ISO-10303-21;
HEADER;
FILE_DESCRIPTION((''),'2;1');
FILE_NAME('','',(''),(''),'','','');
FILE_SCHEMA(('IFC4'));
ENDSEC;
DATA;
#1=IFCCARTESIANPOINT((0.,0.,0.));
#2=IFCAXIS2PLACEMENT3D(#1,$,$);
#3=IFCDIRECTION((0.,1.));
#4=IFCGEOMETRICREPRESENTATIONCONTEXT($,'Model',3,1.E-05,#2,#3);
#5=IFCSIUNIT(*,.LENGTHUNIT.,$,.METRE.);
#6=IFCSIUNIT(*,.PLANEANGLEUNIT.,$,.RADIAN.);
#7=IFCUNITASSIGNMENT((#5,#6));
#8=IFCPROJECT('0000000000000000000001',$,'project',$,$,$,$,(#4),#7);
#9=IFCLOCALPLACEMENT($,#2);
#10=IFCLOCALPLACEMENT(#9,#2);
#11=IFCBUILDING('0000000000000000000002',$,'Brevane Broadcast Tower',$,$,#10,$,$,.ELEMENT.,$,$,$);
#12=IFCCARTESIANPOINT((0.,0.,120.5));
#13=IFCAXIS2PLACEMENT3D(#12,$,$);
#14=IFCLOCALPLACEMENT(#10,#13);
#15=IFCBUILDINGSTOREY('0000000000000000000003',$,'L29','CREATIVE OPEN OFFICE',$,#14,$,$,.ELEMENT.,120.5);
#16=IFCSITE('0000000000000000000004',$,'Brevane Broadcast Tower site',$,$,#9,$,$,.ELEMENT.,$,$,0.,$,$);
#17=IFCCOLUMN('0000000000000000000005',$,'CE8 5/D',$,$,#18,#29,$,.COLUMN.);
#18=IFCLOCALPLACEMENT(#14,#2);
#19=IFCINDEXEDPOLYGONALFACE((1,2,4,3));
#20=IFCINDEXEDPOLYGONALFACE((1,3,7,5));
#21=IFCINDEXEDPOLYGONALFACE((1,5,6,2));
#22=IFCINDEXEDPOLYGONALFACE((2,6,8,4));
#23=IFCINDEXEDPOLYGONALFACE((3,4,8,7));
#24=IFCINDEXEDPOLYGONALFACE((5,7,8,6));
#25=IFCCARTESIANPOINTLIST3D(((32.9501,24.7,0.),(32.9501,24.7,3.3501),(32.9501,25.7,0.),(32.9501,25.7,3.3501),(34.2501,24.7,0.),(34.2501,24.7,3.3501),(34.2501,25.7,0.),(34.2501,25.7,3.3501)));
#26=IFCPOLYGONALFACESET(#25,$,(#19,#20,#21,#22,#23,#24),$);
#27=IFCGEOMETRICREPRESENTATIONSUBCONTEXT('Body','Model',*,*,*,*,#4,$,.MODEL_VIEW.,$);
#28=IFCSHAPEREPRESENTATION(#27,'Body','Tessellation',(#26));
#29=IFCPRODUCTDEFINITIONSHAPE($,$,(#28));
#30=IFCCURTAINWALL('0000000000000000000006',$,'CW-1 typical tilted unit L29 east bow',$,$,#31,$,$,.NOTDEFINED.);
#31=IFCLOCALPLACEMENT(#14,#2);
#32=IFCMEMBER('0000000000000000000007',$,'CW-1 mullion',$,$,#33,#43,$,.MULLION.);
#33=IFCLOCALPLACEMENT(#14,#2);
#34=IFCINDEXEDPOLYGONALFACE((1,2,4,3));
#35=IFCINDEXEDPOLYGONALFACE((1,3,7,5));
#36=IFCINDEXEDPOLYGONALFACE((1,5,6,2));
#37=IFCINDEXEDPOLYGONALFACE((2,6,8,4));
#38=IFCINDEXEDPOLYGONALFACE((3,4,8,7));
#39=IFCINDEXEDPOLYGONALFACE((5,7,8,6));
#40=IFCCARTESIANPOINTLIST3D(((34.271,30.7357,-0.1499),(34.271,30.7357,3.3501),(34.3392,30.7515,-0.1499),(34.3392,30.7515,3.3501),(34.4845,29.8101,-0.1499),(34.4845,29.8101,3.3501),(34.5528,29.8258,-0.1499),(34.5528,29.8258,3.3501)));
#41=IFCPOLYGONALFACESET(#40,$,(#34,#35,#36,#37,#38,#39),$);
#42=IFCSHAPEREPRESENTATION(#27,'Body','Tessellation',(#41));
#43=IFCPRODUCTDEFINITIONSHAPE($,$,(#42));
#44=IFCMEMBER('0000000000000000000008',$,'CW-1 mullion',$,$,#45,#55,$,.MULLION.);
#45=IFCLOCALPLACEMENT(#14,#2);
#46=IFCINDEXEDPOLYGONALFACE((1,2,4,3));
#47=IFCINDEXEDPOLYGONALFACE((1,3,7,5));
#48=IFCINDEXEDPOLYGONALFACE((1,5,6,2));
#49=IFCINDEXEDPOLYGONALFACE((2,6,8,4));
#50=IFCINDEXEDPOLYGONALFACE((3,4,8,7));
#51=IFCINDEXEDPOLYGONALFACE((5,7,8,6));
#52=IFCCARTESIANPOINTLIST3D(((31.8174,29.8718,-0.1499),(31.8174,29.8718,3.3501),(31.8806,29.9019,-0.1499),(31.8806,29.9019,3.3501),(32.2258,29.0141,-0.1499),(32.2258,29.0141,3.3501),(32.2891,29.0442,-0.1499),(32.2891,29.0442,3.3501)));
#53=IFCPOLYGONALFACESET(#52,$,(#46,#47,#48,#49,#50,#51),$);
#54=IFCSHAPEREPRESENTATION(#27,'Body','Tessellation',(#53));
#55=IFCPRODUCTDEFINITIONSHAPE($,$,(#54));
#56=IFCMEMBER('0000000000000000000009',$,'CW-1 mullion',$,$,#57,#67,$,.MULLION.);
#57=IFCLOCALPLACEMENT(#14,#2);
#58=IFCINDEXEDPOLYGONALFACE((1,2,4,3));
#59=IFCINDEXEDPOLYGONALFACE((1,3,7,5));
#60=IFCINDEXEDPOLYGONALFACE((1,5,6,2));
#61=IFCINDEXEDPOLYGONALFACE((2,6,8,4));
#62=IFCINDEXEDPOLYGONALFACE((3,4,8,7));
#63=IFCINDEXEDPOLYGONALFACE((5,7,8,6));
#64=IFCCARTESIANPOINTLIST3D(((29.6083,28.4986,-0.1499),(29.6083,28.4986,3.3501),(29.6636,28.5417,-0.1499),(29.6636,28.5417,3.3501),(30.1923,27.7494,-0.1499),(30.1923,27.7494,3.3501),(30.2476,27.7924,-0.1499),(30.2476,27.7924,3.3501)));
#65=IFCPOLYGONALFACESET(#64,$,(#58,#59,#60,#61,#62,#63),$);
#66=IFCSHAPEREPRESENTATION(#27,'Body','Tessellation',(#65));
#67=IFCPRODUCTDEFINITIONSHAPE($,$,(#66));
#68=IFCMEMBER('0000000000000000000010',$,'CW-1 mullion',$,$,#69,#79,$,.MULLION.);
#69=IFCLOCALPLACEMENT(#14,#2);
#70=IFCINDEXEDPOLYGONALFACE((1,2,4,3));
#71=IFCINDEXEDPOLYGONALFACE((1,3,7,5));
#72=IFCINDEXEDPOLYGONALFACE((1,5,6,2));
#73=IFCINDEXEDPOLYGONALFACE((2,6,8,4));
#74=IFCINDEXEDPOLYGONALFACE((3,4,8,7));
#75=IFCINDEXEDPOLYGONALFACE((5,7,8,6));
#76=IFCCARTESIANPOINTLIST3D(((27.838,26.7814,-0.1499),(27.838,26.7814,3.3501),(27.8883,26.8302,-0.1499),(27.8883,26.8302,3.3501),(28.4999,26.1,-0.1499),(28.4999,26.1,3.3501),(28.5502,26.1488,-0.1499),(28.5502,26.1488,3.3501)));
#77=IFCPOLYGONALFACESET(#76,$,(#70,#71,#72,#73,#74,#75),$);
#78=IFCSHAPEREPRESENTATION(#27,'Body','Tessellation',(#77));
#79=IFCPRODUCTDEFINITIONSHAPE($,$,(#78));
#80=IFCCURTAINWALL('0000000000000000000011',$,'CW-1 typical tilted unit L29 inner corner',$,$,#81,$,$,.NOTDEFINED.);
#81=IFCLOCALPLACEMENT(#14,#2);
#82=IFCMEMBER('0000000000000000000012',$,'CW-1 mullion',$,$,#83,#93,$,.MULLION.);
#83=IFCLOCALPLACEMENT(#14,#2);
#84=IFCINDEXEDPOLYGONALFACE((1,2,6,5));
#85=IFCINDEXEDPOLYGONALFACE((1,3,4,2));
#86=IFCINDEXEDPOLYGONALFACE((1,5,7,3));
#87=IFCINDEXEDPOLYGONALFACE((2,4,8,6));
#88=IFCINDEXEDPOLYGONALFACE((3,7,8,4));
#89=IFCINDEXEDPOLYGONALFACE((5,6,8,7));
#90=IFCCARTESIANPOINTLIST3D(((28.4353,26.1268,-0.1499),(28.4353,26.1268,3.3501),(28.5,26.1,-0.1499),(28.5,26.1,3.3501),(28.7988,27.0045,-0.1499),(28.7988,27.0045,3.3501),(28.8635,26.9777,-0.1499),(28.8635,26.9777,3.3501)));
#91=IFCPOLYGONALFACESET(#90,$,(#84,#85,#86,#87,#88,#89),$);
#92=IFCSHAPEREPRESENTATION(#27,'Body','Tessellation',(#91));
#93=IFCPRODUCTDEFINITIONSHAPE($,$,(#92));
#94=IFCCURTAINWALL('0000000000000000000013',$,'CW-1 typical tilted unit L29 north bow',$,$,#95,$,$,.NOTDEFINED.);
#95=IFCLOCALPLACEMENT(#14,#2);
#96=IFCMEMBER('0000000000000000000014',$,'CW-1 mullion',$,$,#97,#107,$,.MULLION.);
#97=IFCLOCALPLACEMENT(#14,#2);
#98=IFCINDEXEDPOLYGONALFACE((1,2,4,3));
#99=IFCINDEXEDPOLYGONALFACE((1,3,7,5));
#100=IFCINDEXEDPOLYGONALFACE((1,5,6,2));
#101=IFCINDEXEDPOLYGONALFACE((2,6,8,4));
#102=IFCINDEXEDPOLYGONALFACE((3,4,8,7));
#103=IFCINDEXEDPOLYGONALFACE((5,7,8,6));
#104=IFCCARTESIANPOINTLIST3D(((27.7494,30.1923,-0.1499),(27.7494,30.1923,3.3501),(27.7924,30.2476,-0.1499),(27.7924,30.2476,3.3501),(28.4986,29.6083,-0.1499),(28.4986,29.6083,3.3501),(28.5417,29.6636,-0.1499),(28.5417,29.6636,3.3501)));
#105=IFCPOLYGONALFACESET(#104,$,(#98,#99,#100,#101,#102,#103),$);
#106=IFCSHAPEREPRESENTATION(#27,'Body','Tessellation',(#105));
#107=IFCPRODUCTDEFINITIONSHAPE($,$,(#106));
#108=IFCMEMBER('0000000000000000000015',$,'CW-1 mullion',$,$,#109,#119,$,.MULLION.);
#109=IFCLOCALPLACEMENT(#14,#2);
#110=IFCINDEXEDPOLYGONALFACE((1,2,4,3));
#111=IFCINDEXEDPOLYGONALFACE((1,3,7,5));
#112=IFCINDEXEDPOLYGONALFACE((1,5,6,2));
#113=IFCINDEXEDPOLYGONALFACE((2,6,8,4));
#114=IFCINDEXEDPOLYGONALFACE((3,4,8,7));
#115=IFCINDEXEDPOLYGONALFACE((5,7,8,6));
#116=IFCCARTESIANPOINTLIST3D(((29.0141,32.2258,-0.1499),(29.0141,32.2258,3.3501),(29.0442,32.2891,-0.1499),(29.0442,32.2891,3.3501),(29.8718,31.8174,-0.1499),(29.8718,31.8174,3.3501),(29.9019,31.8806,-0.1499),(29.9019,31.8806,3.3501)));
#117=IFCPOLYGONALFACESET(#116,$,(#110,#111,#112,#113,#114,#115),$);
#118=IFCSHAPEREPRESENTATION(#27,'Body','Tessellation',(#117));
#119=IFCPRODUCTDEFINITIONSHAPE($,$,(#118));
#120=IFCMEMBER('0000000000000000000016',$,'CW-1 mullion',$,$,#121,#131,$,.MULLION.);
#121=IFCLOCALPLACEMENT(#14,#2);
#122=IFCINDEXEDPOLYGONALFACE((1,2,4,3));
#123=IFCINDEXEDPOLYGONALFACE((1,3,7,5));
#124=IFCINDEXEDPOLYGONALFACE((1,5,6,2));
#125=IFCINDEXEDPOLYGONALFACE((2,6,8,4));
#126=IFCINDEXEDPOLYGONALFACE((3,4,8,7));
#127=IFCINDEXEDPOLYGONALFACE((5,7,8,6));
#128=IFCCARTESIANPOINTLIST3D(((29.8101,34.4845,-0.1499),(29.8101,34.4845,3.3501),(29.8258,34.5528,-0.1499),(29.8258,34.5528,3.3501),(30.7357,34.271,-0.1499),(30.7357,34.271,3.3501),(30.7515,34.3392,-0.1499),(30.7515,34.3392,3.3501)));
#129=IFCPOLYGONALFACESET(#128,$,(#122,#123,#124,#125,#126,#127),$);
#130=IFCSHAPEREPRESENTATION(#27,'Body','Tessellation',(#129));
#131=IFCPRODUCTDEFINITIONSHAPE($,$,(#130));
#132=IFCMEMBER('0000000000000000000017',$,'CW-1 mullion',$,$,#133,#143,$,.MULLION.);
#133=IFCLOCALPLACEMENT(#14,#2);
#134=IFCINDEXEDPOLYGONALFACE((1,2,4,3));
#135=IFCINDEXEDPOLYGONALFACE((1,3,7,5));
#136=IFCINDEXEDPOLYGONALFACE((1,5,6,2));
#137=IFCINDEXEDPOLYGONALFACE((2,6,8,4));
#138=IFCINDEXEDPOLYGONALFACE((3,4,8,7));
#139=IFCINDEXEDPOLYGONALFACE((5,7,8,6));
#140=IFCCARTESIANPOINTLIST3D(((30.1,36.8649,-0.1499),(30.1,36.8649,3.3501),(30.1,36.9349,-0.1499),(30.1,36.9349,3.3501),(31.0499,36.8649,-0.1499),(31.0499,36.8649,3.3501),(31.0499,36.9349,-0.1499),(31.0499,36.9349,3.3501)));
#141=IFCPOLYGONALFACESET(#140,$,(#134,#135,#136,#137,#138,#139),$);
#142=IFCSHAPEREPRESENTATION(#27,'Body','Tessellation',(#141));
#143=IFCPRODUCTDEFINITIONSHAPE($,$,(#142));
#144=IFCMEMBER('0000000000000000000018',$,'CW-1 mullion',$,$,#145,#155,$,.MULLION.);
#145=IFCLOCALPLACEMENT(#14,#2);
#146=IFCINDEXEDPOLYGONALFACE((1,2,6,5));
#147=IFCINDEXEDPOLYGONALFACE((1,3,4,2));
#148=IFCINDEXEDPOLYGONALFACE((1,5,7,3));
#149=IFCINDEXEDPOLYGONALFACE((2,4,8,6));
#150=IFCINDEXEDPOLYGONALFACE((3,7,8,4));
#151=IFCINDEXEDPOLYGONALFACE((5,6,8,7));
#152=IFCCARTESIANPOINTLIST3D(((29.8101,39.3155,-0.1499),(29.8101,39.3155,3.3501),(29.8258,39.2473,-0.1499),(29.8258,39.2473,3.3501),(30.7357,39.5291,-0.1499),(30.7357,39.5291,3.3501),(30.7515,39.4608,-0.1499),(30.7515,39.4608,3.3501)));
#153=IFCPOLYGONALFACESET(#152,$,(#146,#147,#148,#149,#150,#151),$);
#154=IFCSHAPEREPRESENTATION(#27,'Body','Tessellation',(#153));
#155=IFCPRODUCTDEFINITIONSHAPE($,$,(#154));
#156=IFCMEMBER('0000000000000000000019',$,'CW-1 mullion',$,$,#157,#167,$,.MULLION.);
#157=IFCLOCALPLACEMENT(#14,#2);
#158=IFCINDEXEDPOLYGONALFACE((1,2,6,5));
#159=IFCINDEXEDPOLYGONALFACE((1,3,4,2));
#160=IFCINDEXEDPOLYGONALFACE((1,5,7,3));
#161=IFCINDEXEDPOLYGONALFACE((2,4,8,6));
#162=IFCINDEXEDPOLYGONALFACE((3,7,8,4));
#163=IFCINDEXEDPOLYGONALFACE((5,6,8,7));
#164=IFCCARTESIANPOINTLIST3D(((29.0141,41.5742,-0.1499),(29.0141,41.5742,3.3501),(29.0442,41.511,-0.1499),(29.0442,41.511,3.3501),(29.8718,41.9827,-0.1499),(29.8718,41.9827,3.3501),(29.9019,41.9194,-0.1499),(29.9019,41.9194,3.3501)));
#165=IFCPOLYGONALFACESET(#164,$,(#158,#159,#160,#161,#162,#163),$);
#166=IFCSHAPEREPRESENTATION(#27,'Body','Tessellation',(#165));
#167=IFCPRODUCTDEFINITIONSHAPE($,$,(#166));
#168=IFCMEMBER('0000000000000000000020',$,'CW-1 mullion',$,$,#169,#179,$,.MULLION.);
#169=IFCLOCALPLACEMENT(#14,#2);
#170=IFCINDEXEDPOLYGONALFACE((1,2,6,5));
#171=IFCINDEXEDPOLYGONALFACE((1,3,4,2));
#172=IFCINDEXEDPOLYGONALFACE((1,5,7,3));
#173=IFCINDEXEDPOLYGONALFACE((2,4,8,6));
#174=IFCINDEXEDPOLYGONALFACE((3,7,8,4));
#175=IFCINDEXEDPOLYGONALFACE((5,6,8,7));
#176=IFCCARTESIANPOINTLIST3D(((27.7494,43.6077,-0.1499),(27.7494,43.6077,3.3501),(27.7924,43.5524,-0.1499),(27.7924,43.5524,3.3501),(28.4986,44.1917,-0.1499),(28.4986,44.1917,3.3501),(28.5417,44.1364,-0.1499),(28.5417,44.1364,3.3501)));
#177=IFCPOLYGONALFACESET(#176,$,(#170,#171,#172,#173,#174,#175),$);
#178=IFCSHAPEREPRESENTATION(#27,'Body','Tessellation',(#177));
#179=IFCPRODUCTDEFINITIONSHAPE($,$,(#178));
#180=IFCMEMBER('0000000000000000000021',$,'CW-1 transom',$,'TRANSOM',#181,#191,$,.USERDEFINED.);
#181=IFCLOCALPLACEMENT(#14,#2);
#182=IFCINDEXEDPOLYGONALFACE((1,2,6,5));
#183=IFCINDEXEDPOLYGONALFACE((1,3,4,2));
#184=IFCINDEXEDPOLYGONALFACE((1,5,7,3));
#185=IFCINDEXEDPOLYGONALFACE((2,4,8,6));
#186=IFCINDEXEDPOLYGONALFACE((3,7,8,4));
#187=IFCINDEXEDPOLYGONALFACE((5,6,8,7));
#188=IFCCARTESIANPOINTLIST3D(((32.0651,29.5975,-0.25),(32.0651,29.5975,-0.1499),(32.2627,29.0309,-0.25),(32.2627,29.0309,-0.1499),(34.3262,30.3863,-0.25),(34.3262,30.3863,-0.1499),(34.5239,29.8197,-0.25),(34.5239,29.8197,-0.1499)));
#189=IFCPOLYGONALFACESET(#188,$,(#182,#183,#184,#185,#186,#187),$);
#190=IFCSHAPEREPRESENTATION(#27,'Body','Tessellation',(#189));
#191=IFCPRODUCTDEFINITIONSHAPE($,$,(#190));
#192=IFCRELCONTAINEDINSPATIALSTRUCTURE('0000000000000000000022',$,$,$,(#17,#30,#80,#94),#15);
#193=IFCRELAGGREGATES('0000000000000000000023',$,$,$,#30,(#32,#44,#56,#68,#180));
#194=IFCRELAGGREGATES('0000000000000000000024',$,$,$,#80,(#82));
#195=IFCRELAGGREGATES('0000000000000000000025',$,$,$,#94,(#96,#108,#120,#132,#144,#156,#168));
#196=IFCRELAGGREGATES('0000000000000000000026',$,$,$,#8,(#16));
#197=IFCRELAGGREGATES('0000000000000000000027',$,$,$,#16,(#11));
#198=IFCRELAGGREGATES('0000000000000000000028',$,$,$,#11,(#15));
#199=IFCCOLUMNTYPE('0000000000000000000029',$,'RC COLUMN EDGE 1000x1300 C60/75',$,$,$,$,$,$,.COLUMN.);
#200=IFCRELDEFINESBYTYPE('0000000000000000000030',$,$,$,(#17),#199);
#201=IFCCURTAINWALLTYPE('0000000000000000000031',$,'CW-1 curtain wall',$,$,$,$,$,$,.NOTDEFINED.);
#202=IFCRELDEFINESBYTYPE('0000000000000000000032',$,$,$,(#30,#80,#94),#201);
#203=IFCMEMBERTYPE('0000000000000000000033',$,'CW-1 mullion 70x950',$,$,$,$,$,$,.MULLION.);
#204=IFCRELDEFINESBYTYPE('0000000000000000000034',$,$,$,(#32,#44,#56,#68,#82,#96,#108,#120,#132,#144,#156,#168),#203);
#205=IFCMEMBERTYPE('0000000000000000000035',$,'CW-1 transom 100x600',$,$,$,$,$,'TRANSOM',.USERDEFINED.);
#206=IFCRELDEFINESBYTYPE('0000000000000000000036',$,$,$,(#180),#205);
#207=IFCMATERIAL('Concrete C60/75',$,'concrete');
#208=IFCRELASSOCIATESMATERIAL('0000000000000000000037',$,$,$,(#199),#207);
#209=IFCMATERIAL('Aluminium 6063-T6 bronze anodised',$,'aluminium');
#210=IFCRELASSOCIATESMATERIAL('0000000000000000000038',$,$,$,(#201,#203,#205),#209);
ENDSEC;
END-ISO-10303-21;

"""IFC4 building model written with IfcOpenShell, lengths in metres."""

from ifc_helpers import new_model, si_unit, direction, frame, origin, origin_2d, place, context, subcontext, project, spatial, rectangle, extrude, material, material_profile, profile_set, type_object, element, aggregate, save


model = new_model("IFC4")

# Units and contexts
model_context = context("Model", 3, precision=1e-05, world=origin(), true_north=direction((0.0, 1.0)))
body_context = subcontext(model_context, "Body", "Model", "MODEL_VIEW")
ifc_project = project(units=[si_unit("LENGTHUNIT", "METRE"), si_unit("PLANEANGLEUNIT", "RADIAN")], contexts=[model_context])

# Site, building, storey
site_placement = place(None, origin())
site = spatial("IfcSite", under=ifc_project, at=site_placement, Name="Brevane Broadcast Tower site", CompositionType="ELEMENT", RefElevation=0.0)
building_placement = place(site_placement, origin())
building = spatial("IfcBuilding", under=site, at=building_placement, Name="Brevane Broadcast Tower", CompositionType="ELEMENT")
storey_placement = place(building_placement, frame((0.0, 0.0, 120.5)))
storey = spatial("IfcBuildingStorey", under=building, at=storey_placement, Name="L29", Description="CREATIVE OPEN OFFICE", CompositionType="ELEMENT", Elevation=120.5)

# Column
ifc_material_1 = material(Name="Concrete C60/75", Category="concrete")
ifc_material_profile_1 = material_profile(ifc_material_1, rectangle(XDim=1.0, YDim=1.3, at=origin_2d()), Name="RC 1000x1300")
ifc_profile_set_1 = profile_set([ifc_material_profile_1], Name="Concrete C60/75")
column_type = type_object("IfcColumnType", Name="RC COLUMN EDGE 1000x1300 C60/75", PredefinedType="COLUMN", material=ifc_profile_set_1)
column_placement = place(storey_placement, frame((33.6001, 25.2, 0.0), z_axis=(0.0, 0.0, 1.0), x_axis=(0.0, 1.0, 0.0)))
element("IfcColumn", 1, at=column_placement, inside=storey, type_object=column_type, Name="CE8 5/D", PredefinedType="COLUMN", context=body_context, shape_type="SweptSolid", body=[
    extrude(rectangle(XDim=1.0, YDim=1.3, at=origin_2d()), origin(), (0.0, 0.0, 1.0), 3.3501),
])

# Curtain wall, members
ifc_material_2 = material(Name="Aluminium 6063-T6 bronze anodised", Category="aluminium")
curtain_wall_type = type_object("IfcCurtainWallType", Name="CW-1 curtain wall", PredefinedType="NOTDEFINED", material=ifc_material_2)
curtain_wall_1_placement = place(storey_placement, origin())
curtain_wall_1 = element("IfcCurtainWall", 2, at=curtain_wall_1_placement, inside=storey, type_object=curtain_wall_type, Name="CW-1 typical tilted unit L29 east bow", PredefinedType="NOTDEFINED")
ifc_material_profile_2 = material_profile(ifc_material_2, rectangle(XDim=0.95, YDim=0.0701, at=origin_2d()), Name="RECT 70x950")
ifc_profile_set_2 = profile_set([ifc_material_profile_2], Name="Aluminium 6063-T6 bronze anodised")
member_type_1 = type_object("IfcMemberType", Name="CW-1 mullion 70x950", PredefinedType="MULLION", material=ifc_profile_set_2)
member_1_placement = place(storey_placement, frame((34.4119, 30.2808, -0.1499), z_axis=(0.0, 0.0, 1.0), x_axis=(0.224806, -0.974403, 0.0)))
member_1 = element("IfcMember", 3, at=member_1_placement, type_object=member_type_1, Name="CW-1 mullion", PredefinedType="MULLION", context=body_context, shape_type="SweptSolid", body=[
    extrude(rectangle(XDim=0.95, YDim=0.0701, at=origin_2d()), origin(), (0.0, 0.0, 1.0), 3.5),
])
member_2_placement = place(storey_placement, frame((32.0532, 29.458, -0.1499), z_axis=(0.0, 0.0, 1.0), x_axis=(0.429934, -0.902861, 0.0)))
member_2 = element("IfcMember", 4, at=member_2_placement, type_object=member_type_1, Name="CW-1 mullion", PredefinedType="MULLION", context=body_context, shape_type="SweptSolid", body=[
    extrude(rectangle(XDim=0.95, YDim=0.0701, at=origin_2d()), origin(), (0.0, 0.0, 1.0), 3.5),
])
member_3_placement = place(storey_placement, frame((29.928, 28.1455, -0.1499), z_axis=(0.0, 0.0, 1.0), x_axis=(0.61477, -0.788707, 0.0)))
member_3 = element("IfcMember", 5, at=member_3_placement, type_object=member_type_1, Name="CW-1 mullion", PredefinedType="MULLION", context=body_context, shape_type="SweptSolid", body=[
    extrude(rectangle(XDim=0.95, YDim=0.0701, at=origin_2d()), origin(), (0.0, 0.0, 1.0), 3.5),
])
member_4_placement = place(storey_placement, frame((28.1941, 26.4651, -0.1499), z_axis=(0.0, 0.0, 1.0), x_axis=(0.696812, -0.717254, 0.0)))
member_4 = element("IfcMember", 6, at=member_4_placement, type_object=member_type_1, Name="CW-1 mullion", PredefinedType="MULLION", context=body_context, shape_type="SweptSolid", body=[
    extrude(rectangle(XDim=0.95, YDim=0.0701, at=origin_2d()), origin(), (0.0, 0.0, 1.0), 3.5),
])

# Curtain wall, member
curtain_wall_2_placement = place(storey_placement, origin())
curtain_wall_2 = element("IfcCurtainWall", 7, at=curtain_wall_2_placement, inside=storey, type_object=curtain_wall_type, Name="CW-1 typical tilted unit L29 inner corner", PredefinedType="NOTDEFINED")
member_5_placement = place(storey_placement, frame((28.6494, 26.5522, -0.1499), z_axis=(0.0, 0.0, 1.0), x_axis=(-0.382684, -0.923879, 0.0)))
member_5 = element("IfcMember", 8, at=member_5_placement, type_object=member_type_1, Name="CW-1 mullion", PredefinedType="MULLION", context=body_context, shape_type="SweptSolid", body=[
    extrude(rectangle(XDim=0.95, YDim=0.0701, at=origin_2d()), origin(), (0.0, 0.0, 1.0), 3.5),
])

# Curtain wall, members
curtain_wall_3_placement = place(storey_placement, origin())
curtain_wall_3 = element("IfcCurtainWall", 9, at=curtain_wall_3_placement, inside=storey, type_object=curtain_wall_type, Name="CW-1 typical tilted unit L29 north bow", PredefinedType="NOTDEFINED")
member_6_placement = place(storey_placement, frame((28.1455, 29.928, -0.1499), z_axis=(0.0, 0.0, 1.0), x_axis=(-0.788707, 0.61477, 0.0)))
member_6 = element("IfcMember", 10, at=member_6_placement, type_object=member_type_1, Name="CW-1 mullion", PredefinedType="MULLION", context=body_context, shape_type="SweptSolid", body=[
    extrude(rectangle(XDim=0.95, YDim=0.0701, at=origin_2d()), origin(), (0.0, 0.0, 1.0), 3.5),
])
member_7_placement = place(storey_placement, frame((29.458, 32.0532, -0.1499), z_axis=(0.0, 0.0, 1.0), x_axis=(-0.902861, 0.429934, 0.0)))
member_7 = element("IfcMember", 11, at=member_7_placement, type_object=member_type_1, Name="CW-1 mullion", PredefinedType="MULLION", context=body_context, shape_type="SweptSolid", body=[
    extrude(rectangle(XDim=0.95, YDim=0.0701, at=origin_2d()), origin(), (0.0, 0.0, 1.0), 3.5),
])
member_8_placement = place(storey_placement, frame((30.2808, 34.4119, -0.1499), z_axis=(0.0, 0.0, 1.0), x_axis=(-0.974403, 0.224806, 0.0)))
member_8 = element("IfcMember", 12, at=member_8_placement, type_object=member_type_1, Name="CW-1 mullion", PredefinedType="MULLION", context=body_context, shape_type="SweptSolid", body=[
    extrude(rectangle(XDim=0.95, YDim=0.0701, at=origin_2d()), origin(), (0.0, 0.0, 1.0), 3.5),
])
member_9_placement = place(storey_placement, frame((30.575, 36.8999, -0.1499), z_axis=(0.0, 0.0, 1.0), x_axis=(-1.0, 0.0, 0.0)))
member_9 = element("IfcMember", 13, at=member_9_placement, type_object=member_type_1, Name="CW-1 mullion", PredefinedType="MULLION", context=body_context, shape_type="SweptSolid", body=[
    extrude(rectangle(XDim=0.95, YDim=0.0701, at=origin_2d()), origin(), (0.0, 0.0, 1.0), 3.5),
])
member_10_placement = place(storey_placement, frame((30.2808, 39.3882, -0.1499), z_axis=(0.0, 0.0, 1.0), x_axis=(-0.974403, -0.224806, 0.0)))
member_10 = element("IfcMember", 14, at=member_10_placement, type_object=member_type_1, Name="CW-1 mullion", PredefinedType="MULLION", context=body_context, shape_type="SweptSolid", body=[
    extrude(rectangle(XDim=0.95, YDim=0.0701, at=origin_2d()), origin(), (0.0, 0.0, 1.0), 3.5),
])
member_11_placement = place(storey_placement, frame((29.458, 41.7468, -0.1499), z_axis=(0.0, 0.0, 1.0), x_axis=(-0.902861, -0.429934, 0.0)))
member_11 = element("IfcMember", 15, at=member_11_placement, type_object=member_type_1, Name="CW-1 mullion", PredefinedType="MULLION", context=body_context, shape_type="SweptSolid", body=[
    extrude(rectangle(XDim=0.95, YDim=0.0701, at=origin_2d()), origin(), (0.0, 0.0, 1.0), 3.5),
])
member_12_placement = place(storey_placement, frame((28.1455, 43.8721, -0.1499), z_axis=(0.0, 0.0, 1.0), x_axis=(-0.788707, -0.61477, 0.0)))
member_12 = element("IfcMember", 16, at=member_12_placement, type_object=member_type_1, Name="CW-1 mullion", PredefinedType="MULLION", context=body_context, shape_type="SweptSolid", body=[
    extrude(rectangle(XDim=0.95, YDim=0.0701, at=origin_2d()), origin(), (0.0, 0.0, 1.0), 3.5),
])

# Member
ifc_material_profile_3 = material_profile(ifc_material_2, rectangle(XDim=0.6001, YDim=0.1001, at=origin_2d()), Name="RECT 100x600")
ifc_profile_set_3 = profile_set([ifc_material_profile_3], Name="Aluminium 6063-T6 bronze anodised")
member_type_2 = type_object("IfcMemberType", Name="CW-1 transom 100x600", ElementType="TRANSOM", PredefinedType="USERDEFINED", material=ifc_profile_set_3)
member_13_placement = place(storey_placement, frame((34.425, 30.103, -0.2), z_axis=(-0.944198, -0.329378, 0.0), x_axis=(0.329378, -0.944198, 0.0)))
member_13 = element("IfcMember", 17, at=member_13_placement, type_object=member_type_2, Name="CW-1 transom", ObjectType="TRANSOM", PredefinedType="USERDEFINED", context=body_context, shape_type="SweptSolid", body=[
    extrude(rectangle(XDim=0.6001, YDim=0.1001, at=origin_2d()), origin(), (0.0, 0.0, 1.0), 2.3948),
])
aggregate(curtain_wall_1, [member_1, member_2, member_3, member_4, member_13])
aggregate(curtain_wall_2, [member_5])
aggregate(curtain_wall_3, [member_6, member_7, member_8, member_9, member_10, member_11, member_12])

save(model, "model.ifc")
